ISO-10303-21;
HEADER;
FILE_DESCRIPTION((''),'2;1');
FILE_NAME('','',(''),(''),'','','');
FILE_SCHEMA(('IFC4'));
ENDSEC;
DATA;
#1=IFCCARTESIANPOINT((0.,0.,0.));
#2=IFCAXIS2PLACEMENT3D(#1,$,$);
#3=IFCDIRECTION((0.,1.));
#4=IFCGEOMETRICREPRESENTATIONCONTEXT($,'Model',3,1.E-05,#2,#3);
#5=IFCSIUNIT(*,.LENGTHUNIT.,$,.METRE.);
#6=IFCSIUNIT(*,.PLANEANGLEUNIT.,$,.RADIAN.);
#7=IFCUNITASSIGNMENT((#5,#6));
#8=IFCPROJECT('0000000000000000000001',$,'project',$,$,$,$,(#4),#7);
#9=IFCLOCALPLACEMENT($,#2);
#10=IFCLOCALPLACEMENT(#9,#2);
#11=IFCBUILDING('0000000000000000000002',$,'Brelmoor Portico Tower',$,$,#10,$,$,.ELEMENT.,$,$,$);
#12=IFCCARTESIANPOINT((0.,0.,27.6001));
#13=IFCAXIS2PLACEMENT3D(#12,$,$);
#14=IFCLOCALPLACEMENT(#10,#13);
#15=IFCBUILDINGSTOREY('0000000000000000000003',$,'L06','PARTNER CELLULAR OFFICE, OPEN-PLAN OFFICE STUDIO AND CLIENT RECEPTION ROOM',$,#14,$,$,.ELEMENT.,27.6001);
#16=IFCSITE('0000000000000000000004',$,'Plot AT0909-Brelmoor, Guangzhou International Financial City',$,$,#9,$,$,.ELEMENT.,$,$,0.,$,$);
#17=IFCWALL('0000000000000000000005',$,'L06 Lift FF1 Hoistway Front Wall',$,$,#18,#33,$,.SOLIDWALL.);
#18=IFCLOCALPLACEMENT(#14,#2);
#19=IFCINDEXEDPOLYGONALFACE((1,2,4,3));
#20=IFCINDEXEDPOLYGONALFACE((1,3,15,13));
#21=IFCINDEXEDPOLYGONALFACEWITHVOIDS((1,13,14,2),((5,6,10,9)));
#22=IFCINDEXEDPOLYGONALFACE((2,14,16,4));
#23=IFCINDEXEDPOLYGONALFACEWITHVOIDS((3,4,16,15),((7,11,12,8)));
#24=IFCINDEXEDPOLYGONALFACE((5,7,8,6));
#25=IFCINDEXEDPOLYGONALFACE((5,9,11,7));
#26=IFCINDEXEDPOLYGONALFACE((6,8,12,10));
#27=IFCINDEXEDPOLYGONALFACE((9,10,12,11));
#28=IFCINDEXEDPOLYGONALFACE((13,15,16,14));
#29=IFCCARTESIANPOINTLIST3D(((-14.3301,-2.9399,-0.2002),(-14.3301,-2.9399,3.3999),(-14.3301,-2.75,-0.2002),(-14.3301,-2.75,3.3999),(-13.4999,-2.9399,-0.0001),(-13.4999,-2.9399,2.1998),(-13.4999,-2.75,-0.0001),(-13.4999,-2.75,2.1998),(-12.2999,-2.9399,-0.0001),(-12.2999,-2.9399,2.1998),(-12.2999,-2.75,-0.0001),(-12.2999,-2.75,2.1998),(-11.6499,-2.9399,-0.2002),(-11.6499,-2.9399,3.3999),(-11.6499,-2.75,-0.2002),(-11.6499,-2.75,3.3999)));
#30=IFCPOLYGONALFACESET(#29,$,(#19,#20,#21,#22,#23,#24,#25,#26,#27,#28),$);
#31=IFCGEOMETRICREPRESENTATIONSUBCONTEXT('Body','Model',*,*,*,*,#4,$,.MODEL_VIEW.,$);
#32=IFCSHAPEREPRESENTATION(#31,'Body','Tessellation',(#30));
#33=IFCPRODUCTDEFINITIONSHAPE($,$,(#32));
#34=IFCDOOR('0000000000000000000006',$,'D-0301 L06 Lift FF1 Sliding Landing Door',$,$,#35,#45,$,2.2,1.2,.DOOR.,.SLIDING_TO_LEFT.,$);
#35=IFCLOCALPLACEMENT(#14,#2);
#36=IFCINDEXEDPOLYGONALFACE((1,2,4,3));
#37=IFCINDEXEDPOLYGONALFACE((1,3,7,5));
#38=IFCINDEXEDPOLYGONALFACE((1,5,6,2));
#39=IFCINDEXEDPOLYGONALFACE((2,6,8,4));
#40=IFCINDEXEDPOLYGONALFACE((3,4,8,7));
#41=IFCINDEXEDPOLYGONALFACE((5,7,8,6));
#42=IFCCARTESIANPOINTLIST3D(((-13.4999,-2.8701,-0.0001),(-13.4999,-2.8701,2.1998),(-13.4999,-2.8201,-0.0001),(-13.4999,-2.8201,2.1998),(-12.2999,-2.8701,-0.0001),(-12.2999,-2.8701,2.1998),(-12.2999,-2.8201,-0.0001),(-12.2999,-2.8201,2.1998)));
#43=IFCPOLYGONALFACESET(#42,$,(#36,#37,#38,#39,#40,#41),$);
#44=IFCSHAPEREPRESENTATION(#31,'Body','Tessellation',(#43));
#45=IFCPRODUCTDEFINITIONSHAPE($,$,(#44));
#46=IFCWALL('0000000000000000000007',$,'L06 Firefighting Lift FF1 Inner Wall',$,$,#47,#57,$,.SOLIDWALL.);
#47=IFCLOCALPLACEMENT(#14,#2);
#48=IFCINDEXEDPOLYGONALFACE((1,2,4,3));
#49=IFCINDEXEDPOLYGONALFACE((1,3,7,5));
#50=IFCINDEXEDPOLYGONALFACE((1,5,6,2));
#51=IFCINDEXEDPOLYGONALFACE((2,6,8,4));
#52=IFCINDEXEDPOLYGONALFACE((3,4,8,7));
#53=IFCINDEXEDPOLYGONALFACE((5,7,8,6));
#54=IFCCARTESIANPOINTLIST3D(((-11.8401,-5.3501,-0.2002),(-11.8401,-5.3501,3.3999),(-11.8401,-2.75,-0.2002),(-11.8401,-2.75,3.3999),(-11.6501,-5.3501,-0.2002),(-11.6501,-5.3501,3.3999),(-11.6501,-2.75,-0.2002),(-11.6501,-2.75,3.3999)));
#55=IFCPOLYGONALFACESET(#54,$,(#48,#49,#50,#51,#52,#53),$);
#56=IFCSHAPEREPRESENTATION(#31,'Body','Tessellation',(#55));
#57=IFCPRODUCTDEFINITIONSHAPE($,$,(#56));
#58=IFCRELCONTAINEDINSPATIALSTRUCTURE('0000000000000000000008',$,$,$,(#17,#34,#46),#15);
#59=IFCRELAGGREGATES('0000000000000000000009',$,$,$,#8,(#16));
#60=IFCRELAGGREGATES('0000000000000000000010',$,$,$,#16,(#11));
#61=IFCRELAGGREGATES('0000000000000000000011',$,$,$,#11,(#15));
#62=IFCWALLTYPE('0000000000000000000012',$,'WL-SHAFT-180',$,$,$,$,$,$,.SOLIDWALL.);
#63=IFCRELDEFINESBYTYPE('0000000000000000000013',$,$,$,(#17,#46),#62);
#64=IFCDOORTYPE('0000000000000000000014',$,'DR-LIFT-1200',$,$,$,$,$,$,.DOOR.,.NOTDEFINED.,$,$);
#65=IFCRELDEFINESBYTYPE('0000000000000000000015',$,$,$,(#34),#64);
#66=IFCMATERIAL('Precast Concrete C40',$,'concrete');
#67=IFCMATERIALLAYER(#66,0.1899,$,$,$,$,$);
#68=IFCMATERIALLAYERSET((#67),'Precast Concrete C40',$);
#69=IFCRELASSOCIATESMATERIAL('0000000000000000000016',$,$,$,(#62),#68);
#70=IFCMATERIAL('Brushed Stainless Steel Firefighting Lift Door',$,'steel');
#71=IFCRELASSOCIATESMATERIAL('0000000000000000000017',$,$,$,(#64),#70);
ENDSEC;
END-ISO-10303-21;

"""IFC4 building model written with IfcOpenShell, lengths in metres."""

from ifc_helpers import new_model, si_unit, direction, frame, frame_2d, origin, place, context, subcontext, project, spatial, rectangle, extrude, material, layer, layer_set, type_object, element, fill, save


model = new_model("IFC4")

# Units and contexts
model_context = context("Model", 3, precision=1e-05, world=origin(), true_north=direction((0.0, 1.0)))
body_context = subcontext(model_context, "Body", "Model", "MODEL_VIEW")
ifc_project = project(units=[si_unit("LENGTHUNIT", "METRE"), si_unit("PLANEANGLEUNIT", "RADIAN")], contexts=[model_context])

# Site, building, storey
site_placement = place(None, origin())
site = spatial("IfcSite", under=ifc_project, at=site_placement, Name="Plot AT0909-Brelmoor, Guangzhou International Financial City", CompositionType="ELEMENT", RefElevation=0.0)
building_placement = place(site_placement, origin())
building = spatial("IfcBuilding", under=site, at=building_placement, Name="Brelmoor Portico Tower", CompositionType="ELEMENT")
storey_placement = place(building_placement, frame((0.0, 0.0, 27.6001)))
storey = spatial("IfcBuildingStorey", under=building, at=storey_placement, Name="L06", Description="PARTNER CELLULAR OFFICE, OPEN-PLAN OFFICE STUDIO AND CLIENT RECEPTION ROOM", CompositionType="ELEMENT", Elevation=27.6001)

# Shared definitions
ifc_material_1 = material(Name="Precast Concrete C40", Category="concrete")
ifc_layer_1 = layer(ifc_material_1, 0.1899)
ifc_layer_set_1 = layer_set([ifc_layer_1], Name="Precast Concrete C40")
wall_type_1 = type_object("IfcWallType", Name="WL-SHAFT-180", PredefinedType="SOLIDWALL", material=ifc_layer_set_1)

# Wall, opening, door
wall_1_placement = place(storey_placement, frame((-14.3301, -2.845, -0.2002), z_axis=(0.0, 0.0, 1.0), x_axis=(1.0, 0.0, 0.0)))
wall_1 = element("IfcWall", 1, at=wall_1_placement, inside=storey, type_object=wall_type_1, Name="L06 Lift FF1 Hoistway Front Wall", PredefinedType="SOLIDWALL", context=body_context, shape_type="SweptSolid", body=[
    extrude(rectangle(XDim=2.6802, YDim=0.1899, at=frame_2d((1.3401, 0.0))), origin(), (0.0, 0.0, 1.0), 3.6001),
])
opening_1_placement = place(wall_1_placement, frame((0.8301, 0.0, 0.2)))
opening_1 = element("IfcOpeningElement", 2, at=opening_1_placement, cuts=wall_1, PredefinedType="OPENING", context=body_context, shape_type="SweptSolid", body=[
    extrude(rectangle(XDim=1.2, YDim=2.2, at=frame_2d((0.6001, 1.1001))), frame((0.0, 0.105, 0.0), z_axis=(0.0, -1.0, 0.0), x_axis=(1.0, 0.0, 0.0)), (0.0, 0.0, 1.0), 0.21),
])
ifc_material_2 = material(Name="Brushed Stainless Steel Firefighting Lift Door", Category="steel")
door_type_1 = type_object("IfcDoorType", Name="DR-LIFT-1200", OperationType="NOTDEFINED", PredefinedType="DOOR", material=ifc_material_2)
door_1_placement = place(opening_1_placement, origin())
door_1 = element("IfcDoor", 3, at=door_1_placement, inside=storey, type_object=door_type_1, Name="D-0301 L06 Lift FF1 Sliding Landing Door", OperationType="SLIDING_TO_LEFT", OverallHeight=2.2, OverallWidth=1.2, PredefinedType="DOOR", context=body_context, shape_type="SweptSolid", body=[
    extrude(rectangle(XDim=1.2, YDim=2.2, at=frame_2d((0.6001, 1.1001))), frame((0.0, 0.0249, 0.0), z_axis=(0.0, -1.0, 0.0), x_axis=(1.0, 0.0, 0.0)), (0.0, 0.0, 1.0), 0.05),
])
fill(opening_1, door_1)

# Wall
wall_2_placement = place(storey_placement, frame((-11.7451, -5.3501, -0.2002), z_axis=(0.0, 0.0, 1.0), x_axis=(0.0, 1.0, 0.0)))
element("IfcWall", 4, at=wall_2_placement, inside=storey, type_object=wall_type_1, Name="L06 Firefighting Lift FF1 Inner Wall", PredefinedType="SOLIDWALL", context=body_context, shape_type="SweptSolid", body=[
    extrude(rectangle(XDim=2.6001, YDim=0.1899, at=frame_2d((1.3, 0.0))), origin(), (0.0, 0.0, 1.0), 3.6001),
])

save(model, "model.ifc")
